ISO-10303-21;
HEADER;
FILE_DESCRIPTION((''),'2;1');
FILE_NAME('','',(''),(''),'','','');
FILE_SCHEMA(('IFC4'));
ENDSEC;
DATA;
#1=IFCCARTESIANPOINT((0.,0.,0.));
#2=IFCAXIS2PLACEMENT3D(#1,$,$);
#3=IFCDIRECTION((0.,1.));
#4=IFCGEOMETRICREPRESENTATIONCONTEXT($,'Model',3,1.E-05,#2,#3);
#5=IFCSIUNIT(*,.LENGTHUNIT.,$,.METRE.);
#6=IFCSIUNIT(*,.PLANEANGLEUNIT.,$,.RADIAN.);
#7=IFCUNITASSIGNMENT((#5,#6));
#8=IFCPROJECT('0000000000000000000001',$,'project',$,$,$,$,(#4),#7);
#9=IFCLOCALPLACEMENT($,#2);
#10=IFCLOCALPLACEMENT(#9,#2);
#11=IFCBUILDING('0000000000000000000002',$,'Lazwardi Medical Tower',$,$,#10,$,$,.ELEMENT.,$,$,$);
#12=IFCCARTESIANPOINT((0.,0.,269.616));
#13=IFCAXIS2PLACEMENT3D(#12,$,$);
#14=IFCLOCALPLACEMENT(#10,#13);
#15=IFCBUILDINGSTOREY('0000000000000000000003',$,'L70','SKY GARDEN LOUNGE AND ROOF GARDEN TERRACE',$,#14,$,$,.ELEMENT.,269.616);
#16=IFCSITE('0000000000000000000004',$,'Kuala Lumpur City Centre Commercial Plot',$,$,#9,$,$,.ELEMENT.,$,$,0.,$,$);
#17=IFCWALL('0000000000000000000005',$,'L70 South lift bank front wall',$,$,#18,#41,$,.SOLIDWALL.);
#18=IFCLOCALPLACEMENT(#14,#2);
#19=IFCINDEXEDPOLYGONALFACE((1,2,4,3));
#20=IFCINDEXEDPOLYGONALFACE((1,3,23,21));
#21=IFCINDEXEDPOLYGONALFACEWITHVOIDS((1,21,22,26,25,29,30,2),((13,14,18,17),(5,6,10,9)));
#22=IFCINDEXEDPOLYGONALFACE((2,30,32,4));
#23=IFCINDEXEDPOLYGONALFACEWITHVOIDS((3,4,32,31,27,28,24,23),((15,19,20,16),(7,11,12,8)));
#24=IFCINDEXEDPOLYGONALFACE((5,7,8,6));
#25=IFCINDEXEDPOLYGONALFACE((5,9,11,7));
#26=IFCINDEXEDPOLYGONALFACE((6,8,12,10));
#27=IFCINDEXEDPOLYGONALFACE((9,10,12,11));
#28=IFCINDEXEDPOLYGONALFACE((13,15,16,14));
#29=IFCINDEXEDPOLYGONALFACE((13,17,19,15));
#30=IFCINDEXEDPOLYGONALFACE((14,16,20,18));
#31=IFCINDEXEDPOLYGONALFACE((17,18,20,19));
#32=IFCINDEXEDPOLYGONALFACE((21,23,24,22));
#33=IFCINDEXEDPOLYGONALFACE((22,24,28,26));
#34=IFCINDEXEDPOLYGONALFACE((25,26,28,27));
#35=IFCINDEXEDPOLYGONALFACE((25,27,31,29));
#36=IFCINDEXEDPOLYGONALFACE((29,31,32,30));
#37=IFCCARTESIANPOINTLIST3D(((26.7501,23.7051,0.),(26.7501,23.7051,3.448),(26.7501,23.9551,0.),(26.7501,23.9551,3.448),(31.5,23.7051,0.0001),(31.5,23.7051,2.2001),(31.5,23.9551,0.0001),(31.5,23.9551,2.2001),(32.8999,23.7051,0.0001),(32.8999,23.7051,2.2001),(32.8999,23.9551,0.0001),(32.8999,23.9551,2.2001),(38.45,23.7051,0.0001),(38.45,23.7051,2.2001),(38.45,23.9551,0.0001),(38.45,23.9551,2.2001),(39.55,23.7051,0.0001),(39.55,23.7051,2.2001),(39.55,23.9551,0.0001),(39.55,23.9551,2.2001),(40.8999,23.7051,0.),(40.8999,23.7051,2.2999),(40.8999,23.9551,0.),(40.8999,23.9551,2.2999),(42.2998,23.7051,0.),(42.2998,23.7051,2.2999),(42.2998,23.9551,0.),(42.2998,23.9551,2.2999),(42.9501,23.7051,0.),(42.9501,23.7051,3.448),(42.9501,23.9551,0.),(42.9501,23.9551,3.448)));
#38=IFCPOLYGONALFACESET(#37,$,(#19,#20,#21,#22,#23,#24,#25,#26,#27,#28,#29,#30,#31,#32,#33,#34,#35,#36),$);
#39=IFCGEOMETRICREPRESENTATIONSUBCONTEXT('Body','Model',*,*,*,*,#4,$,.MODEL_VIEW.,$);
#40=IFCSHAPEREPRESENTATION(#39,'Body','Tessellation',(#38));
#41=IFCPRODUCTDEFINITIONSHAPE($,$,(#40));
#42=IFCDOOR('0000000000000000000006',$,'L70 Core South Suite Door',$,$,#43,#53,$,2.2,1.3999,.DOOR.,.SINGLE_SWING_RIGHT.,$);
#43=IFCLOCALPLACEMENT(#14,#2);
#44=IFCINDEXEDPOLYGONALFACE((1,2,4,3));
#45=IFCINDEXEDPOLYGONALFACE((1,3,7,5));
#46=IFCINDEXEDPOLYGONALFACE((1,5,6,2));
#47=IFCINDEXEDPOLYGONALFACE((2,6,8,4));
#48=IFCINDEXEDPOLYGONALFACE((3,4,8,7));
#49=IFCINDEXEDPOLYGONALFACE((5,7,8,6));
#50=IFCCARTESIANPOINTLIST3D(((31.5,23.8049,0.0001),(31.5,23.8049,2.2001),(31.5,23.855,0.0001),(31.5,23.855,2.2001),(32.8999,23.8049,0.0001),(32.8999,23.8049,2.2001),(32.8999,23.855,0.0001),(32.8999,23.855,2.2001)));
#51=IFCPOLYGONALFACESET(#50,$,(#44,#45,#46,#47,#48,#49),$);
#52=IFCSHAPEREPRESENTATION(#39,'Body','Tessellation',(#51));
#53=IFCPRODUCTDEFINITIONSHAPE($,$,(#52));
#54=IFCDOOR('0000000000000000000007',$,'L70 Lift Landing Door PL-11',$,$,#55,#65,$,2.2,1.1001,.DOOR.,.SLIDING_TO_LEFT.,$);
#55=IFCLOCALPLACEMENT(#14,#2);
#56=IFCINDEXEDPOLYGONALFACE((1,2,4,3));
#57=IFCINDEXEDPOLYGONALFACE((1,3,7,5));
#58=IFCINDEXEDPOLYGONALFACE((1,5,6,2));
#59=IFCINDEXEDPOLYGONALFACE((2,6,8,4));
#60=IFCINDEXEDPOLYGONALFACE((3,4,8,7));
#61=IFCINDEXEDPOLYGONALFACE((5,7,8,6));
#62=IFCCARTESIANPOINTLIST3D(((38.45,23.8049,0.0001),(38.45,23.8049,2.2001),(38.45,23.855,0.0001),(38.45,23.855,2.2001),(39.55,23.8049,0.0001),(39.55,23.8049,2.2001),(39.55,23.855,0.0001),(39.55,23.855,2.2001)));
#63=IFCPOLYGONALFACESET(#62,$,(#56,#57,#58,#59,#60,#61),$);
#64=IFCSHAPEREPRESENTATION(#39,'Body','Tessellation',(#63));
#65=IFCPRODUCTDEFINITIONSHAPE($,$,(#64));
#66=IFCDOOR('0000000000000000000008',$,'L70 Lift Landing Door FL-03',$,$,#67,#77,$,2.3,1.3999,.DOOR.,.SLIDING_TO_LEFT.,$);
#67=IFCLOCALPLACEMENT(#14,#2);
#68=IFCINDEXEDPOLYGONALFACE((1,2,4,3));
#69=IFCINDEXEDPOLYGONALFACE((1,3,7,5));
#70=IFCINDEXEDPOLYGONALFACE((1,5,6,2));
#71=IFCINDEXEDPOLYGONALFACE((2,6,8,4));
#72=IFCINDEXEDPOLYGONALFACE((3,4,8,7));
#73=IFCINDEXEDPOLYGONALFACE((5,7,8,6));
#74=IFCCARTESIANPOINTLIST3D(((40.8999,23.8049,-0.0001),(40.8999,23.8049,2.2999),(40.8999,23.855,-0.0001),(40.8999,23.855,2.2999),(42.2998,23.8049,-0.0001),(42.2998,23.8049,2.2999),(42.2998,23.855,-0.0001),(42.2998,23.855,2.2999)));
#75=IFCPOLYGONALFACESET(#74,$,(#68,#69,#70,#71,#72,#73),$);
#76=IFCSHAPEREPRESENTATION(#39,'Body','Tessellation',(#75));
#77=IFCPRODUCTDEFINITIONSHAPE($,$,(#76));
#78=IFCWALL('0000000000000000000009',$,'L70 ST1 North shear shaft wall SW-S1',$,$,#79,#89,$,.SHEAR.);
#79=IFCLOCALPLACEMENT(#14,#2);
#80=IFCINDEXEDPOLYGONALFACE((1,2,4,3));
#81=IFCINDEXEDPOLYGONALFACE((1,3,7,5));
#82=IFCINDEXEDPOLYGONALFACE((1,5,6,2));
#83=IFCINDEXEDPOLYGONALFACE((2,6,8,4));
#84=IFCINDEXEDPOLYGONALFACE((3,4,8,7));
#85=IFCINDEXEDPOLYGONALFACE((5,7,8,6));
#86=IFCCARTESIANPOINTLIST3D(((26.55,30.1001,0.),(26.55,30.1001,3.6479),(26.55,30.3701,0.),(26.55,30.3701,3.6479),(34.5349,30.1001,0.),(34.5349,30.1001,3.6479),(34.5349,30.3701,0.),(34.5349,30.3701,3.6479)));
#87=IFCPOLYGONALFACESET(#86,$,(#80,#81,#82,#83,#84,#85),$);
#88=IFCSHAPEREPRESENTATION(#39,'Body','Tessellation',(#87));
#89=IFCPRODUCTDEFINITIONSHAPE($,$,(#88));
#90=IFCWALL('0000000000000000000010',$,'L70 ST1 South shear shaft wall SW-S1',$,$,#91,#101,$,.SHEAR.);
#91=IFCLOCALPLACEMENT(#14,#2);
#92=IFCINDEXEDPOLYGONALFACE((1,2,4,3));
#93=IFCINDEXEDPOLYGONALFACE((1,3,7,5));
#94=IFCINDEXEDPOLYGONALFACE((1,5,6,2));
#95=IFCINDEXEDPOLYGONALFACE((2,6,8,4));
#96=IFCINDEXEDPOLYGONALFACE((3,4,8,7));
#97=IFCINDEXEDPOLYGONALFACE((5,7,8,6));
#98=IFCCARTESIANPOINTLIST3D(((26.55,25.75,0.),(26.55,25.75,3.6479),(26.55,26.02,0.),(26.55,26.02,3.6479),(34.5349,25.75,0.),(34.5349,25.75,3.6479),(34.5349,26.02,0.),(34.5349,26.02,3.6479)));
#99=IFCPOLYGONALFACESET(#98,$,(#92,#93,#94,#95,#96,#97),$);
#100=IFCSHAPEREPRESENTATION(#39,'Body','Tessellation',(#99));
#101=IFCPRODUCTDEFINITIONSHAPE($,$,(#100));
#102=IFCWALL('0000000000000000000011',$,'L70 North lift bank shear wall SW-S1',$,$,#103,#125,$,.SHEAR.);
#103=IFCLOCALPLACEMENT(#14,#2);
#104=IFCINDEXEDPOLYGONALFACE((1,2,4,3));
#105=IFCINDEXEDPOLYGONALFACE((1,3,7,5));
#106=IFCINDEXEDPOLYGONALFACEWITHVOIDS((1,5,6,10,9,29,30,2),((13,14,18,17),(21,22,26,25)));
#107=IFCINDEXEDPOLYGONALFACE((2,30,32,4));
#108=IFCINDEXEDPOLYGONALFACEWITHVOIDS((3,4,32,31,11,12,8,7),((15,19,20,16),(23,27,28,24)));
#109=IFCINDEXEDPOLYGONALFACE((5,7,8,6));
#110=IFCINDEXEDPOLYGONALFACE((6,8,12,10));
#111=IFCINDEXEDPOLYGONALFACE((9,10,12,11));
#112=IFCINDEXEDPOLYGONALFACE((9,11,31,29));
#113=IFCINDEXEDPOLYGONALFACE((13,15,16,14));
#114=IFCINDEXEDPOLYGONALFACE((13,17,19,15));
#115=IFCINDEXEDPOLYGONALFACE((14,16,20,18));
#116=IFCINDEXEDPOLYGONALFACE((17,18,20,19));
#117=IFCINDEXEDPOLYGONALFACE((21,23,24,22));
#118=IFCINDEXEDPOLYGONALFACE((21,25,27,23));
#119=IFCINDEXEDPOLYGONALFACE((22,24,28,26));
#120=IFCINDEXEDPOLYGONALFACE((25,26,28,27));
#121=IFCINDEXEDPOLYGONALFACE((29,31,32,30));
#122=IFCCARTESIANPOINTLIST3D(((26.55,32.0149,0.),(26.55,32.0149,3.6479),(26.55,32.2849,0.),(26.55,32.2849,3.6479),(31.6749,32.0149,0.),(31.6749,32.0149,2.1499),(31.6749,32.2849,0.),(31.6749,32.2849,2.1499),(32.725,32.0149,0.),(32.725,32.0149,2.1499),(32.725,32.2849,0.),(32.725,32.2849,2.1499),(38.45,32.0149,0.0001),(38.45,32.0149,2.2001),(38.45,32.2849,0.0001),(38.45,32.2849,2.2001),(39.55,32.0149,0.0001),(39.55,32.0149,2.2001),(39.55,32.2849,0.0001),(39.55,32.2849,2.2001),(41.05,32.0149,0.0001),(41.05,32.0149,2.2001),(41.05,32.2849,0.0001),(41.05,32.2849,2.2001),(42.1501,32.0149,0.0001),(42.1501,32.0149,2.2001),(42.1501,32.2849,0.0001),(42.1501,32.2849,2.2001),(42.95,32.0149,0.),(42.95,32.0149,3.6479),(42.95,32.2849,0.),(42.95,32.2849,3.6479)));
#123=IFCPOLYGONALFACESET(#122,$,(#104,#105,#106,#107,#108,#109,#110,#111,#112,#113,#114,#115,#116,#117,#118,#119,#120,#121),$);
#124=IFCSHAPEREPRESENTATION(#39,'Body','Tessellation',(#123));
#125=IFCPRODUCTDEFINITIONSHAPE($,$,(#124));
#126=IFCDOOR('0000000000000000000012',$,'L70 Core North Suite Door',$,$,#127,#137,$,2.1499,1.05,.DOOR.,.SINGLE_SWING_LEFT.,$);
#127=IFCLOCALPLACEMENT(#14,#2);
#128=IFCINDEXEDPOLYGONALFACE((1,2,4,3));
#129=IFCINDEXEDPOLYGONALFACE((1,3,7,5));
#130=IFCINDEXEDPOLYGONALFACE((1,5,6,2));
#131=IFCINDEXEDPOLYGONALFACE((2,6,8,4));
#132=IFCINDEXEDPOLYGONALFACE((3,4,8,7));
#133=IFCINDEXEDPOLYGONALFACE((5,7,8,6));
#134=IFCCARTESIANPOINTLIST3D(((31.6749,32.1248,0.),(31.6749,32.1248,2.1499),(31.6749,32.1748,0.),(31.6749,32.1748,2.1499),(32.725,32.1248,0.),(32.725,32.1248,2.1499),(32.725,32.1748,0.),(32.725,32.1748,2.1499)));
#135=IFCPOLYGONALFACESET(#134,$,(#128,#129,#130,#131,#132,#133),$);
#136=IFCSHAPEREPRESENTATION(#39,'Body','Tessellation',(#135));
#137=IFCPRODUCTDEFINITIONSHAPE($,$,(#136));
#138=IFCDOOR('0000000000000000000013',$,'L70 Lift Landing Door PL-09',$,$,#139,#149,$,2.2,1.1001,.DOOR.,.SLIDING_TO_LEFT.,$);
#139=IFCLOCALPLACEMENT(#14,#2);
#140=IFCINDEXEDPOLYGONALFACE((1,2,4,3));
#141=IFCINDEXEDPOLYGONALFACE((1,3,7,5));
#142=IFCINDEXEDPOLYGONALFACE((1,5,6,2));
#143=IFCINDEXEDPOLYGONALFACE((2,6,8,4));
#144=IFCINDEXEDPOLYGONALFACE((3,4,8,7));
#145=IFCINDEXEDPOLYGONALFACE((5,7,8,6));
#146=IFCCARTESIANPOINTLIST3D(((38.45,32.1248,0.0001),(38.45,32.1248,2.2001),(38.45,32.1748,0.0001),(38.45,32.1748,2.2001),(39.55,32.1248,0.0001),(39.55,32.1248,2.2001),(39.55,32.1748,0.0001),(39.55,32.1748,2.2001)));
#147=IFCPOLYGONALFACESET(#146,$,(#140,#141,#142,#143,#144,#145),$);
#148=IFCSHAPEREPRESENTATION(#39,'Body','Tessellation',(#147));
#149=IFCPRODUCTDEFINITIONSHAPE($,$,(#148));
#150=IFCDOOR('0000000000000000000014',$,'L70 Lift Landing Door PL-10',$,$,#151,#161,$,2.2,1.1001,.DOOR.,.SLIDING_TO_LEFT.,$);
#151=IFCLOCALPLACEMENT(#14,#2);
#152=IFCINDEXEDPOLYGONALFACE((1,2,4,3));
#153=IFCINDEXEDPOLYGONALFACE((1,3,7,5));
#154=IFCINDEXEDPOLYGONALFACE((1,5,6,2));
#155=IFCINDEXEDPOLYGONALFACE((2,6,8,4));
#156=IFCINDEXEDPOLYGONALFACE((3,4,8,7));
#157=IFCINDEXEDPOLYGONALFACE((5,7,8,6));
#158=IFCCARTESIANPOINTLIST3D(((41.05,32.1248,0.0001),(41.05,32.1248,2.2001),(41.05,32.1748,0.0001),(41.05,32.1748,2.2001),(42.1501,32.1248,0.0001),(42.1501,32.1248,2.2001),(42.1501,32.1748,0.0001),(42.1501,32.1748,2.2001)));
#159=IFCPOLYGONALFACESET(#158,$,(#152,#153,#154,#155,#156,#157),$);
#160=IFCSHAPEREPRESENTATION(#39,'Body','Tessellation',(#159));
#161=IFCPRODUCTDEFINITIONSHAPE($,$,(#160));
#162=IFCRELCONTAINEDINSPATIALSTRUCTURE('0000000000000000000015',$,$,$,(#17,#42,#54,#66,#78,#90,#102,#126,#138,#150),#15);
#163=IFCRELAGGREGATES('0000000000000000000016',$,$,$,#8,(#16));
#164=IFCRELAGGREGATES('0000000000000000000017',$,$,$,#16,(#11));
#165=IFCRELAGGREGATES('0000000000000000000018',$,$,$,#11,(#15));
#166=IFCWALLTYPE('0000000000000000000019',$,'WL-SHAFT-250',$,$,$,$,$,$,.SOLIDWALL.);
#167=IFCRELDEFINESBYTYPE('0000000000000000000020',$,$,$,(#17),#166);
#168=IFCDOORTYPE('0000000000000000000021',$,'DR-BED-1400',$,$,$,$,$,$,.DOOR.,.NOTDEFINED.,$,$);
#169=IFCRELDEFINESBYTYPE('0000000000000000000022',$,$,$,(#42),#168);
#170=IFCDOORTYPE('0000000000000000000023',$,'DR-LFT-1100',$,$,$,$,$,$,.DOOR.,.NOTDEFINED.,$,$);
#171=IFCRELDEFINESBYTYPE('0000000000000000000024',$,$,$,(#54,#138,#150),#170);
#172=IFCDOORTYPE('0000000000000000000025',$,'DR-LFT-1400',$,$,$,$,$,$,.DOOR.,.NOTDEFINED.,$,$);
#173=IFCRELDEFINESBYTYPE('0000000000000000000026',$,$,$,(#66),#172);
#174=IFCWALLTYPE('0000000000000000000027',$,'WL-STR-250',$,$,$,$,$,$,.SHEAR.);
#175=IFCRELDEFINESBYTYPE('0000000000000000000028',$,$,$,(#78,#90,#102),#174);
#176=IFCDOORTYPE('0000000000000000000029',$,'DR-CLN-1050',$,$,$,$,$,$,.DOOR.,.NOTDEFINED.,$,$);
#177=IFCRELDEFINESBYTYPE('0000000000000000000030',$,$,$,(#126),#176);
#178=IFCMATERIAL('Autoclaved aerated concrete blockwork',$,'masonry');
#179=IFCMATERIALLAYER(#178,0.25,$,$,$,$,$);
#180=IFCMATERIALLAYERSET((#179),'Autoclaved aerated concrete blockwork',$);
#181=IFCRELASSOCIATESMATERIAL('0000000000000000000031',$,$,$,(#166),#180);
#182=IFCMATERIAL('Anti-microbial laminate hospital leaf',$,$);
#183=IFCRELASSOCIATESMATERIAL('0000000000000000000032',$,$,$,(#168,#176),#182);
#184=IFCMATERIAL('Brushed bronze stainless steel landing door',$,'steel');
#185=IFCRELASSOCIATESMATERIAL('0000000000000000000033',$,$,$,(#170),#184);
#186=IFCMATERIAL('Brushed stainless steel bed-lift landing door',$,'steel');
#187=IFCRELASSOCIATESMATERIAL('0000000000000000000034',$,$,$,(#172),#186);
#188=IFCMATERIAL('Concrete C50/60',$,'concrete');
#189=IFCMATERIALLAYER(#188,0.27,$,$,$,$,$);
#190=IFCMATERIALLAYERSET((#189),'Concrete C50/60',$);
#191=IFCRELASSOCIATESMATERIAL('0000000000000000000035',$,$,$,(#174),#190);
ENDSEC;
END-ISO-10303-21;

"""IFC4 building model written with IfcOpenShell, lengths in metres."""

from ifc_helpers import new_model, si_unit, direction, frame, frame_2d, origin, place, context, subcontext, project, spatial, rectangle, extrude, material, layer, layer_set, type_object, element, fill, save


model = new_model("IFC4")

# Units and contexts
model_context = context("Model", 3, precision=1e-05, world=origin(), true_north=direction((0.0, 1.0)))
body_context = subcontext(model_context, "Body", "Model", "MODEL_VIEW")
ifc_project = project(units=[si_unit("LENGTHUNIT", "METRE"), si_unit("PLANEANGLEUNIT", "RADIAN")], contexts=[model_context])

# Site, building, storey
site_placement = place(None, origin())
site = spatial("IfcSite", under=ifc_project, at=site_placement, Name="Kuala Lumpur City Centre Commercial Plot", CompositionType="ELEMENT", RefElevation=0.0)
building_placement = place(site_placement, origin())
building = spatial("IfcBuilding", under=site, at=building_placement, Name="Lazwardi Medical Tower", CompositionType="ELEMENT")
storey_placement = place(building_placement, frame((0.0, 0.0, 269.616)))
storey = spatial("IfcBuildingStorey", under=building, at=storey_placement, Name="L70", Description="SKY GARDEN LOUNGE AND ROOF GARDEN TERRACE", CompositionType="ELEMENT", Elevation=269.616)

# Wall, openings, doors
ifc_material_1 = material(Name="Autoclaved aerated concrete blockwork", Category="masonry")
ifc_layer_1 = layer(ifc_material_1, 0.25)
ifc_layer_set_1 = layer_set([ifc_layer_1], Name="Autoclaved aerated concrete blockwork")
wall_type_1 = type_object("IfcWallType", Name="WL-SHAFT-250", PredefinedType="SOLIDWALL", material=ifc_layer_set_1)
wall_1_placement = place(storey_placement, frame((26.75, 23.8301, 0.0), z_axis=(0.0, 0.0, 1.0), x_axis=(1.0, 0.0, 0.0)))
wall_1 = element("IfcWall", 1, at=wall_1_placement, inside=storey, type_object=wall_type_1, Name="L70 South lift bank front wall", PredefinedType="SOLIDWALL", context=body_context, shape_type="SweptSolid", body=[
    extrude(rectangle(XDim=16.2, YDim=0.25, at=frame_2d((8.1001, 0.0))), origin(), (0.0, 0.0, 1.0), 3.448),
])
opening_1_placement = place(wall_1_placement, frame((4.75, 0.0, 0.0)))
opening_1 = element("IfcOpeningElement", 2, at=opening_1_placement, cuts=wall_1, PredefinedType="OPENING", context=body_context, shape_type="SweptSolid", body=[
    extrude(rectangle(XDim=1.3999, YDim=2.2, at=frame_2d((0.7, 1.1001))), frame((0.0, 0.135, 0.0), z_axis=(0.0, -1.0, 0.0), x_axis=(1.0, 0.0, 0.0)), (0.0, 0.0, 1.0), 0.27),
])
opening_2_placement = place(wall_1_placement, frame((11.7, 0.0, 0.0)))
opening_2 = element("IfcOpeningElement", 3, at=opening_2_placement, cuts=wall_1, PredefinedType="OPENING", context=body_context, shape_type="SweptSolid", body=[
    extrude(rectangle(XDim=1.1001, YDim=2.2, at=frame_2d((0.55, 1.1001))), frame((0.0, 0.135, 0.0), z_axis=(0.0, -1.0, 0.0), x_axis=(1.0, 0.0, 0.0)), (0.0, 0.0, 1.0), 0.27),
])
opening_3_placement = place(wall_1_placement, frame((14.1499, 0.0, 0.0)))
opening_3 = element("IfcOpeningElement", 4, at=opening_3_placement, cuts=wall_1, PredefinedType="OPENING", context=body_context, shape_type="SweptSolid", body=[
    extrude(rectangle(XDim=1.3999, YDim=2.3, at=frame_2d((0.7, 1.1499))), frame((0.0, 0.135, 0.0), z_axis=(0.0, -1.0, 0.0), x_axis=(1.0, 0.0, 0.0)), (0.0, 0.0, 1.0), 0.27),
])
ifc_material_2 = material(Name="Anti-microbial laminate hospital leaf")
door_type_1 = type_object("IfcDoorType", Name="DR-BED-1400", OperationType="NOTDEFINED", PredefinedType="DOOR", material=ifc_material_2)
door_1_placement = place(opening_1_placement, origin())
door_1 = element("IfcDoor", 5, at=door_1_placement, inside=storey, type_object=door_type_1, Name="L70 Core South Suite Door", OperationType="SINGLE_SWING_RIGHT", OverallHeight=2.2, OverallWidth=1.3999, PredefinedType="DOOR", context=body_context, shape_type="SweptSolid", body=[
    extrude(rectangle(XDim=1.3999, YDim=2.2, at=frame_2d((0.7, 1.1001))), frame((0.0, 0.0249, 0.0), z_axis=(0.0, -1.0, 0.0), x_axis=(1.0, 0.0, 0.0)), (0.0, 0.0, 1.0), 0.05),
])
fill(opening_1, door_1)
ifc_material_3 = material(Name="Brushed bronze stainless steel landing door", Category="steel")
door_type_2 = type_object("IfcDoorType", Name="DR-LFT-1100", OperationType="NOTDEFINED", PredefinedType="DOOR", material=ifc_material_3)
door_2_placement = place(opening_2_placement, origin())
door_2 = element("IfcDoor", 6, at=door_2_placement, inside=storey, type_object=door_type_2, Name="L70 Lift Landing Door PL-11", OperationType="SLIDING_TO_LEFT", OverallHeight=2.2, OverallWidth=1.1001, PredefinedType="DOOR", context=body_context, shape_type="SweptSolid", body=[
    extrude(rectangle(XDim=1.1001, YDim=2.2, at=frame_2d((0.55, 1.1001))), frame((0.0, 0.0249, 0.0), z_axis=(0.0, -1.0, 0.0), x_axis=(1.0, 0.0, 0.0)), (0.0, 0.0, 1.0), 0.05),
])
fill(opening_2, door_2)
ifc_material_4 = material(Name="Brushed stainless steel bed-lift landing door", Category="steel")
door_type_3 = type_object("IfcDoorType", Name="DR-LFT-1400", OperationType="NOTDEFINED", PredefinedType="DOOR", material=ifc_material_4)
door_3_placement = place(opening_3_placement, origin())
door_3 = element("IfcDoor", 7, at=door_3_placement, inside=storey, type_object=door_type_3, Name="L70 Lift Landing Door FL-03", OperationType="SLIDING_TO_LEFT", OverallHeight=2.3, OverallWidth=1.3999, PredefinedType="DOOR", context=body_context, shape_type="SweptSolid", body=[
    extrude(rectangle(XDim=1.3999, YDim=2.3, at=frame_2d((0.7, 1.1499))), frame((0.0, 0.0249, 0.0), z_axis=(0.0, -1.0, 0.0), x_axis=(1.0, 0.0, 0.0)), (0.0, 0.0, 1.0), 0.05),
])
fill(opening_3, door_3)

# Walls
ifc_material_5 = material(Name="Concrete C50/60", Category="concrete")
ifc_layer_2 = layer(ifc_material_5, 0.27)
ifc_layer_set_2 = layer_set([ifc_layer_2], Name="Concrete C50/60")
wall_type_2 = type_object("IfcWallType", Name="WL-STR-250", PredefinedType="SHEAR", material=ifc_layer_set_2)
for number, where, z_axis, x_axis, name in (
    (8, (26.55, 30.2351, 0.0), (0.0, 0.0, 1.0), (1.0, 0.0, 0.0), "L70 ST1 North shear shaft wall SW-S1"),
    (9, (26.55, 25.885, 0.0), (0.0, 0.0, 1.0), (1.0, 0.0, 0.0), "L70 ST1 South shear shaft wall SW-S1"),
):
    element("IfcWall", number, at=place(storey_placement, frame(where, z_axis=z_axis, x_axis=x_axis)), inside=storey, type_object=wall_type_2, Name=name, PredefinedType="SHEAR", context=body_context, shape_type="SweptSolid", body=[
        extrude(rectangle(XDim=7.9849, YDim=0.27, at=frame_2d((3.9924, 0.0))), origin(), (0.0, 0.0, 1.0), 3.6479),
    ])

# Wall, openings, doors
wall_2_placement = place(storey_placement, frame((26.55, 32.1499, 0.0), z_axis=(0.0, 0.0, 1.0), x_axis=(1.0, 0.0, 0.0)))
wall_2 = element("IfcWall", 10, at=wall_2_placement, inside=storey, type_object=wall_type_2, Name="L70 North lift bank shear wall SW-S1", PredefinedType="SHEAR", context=body_context, shape_type="SweptSolid", body=[
    extrude(rectangle(XDim=16.3999, YDim=0.27, at=frame_2d((8.2, 0.0))), origin(), (0.0, 0.0, 1.0), 3.6479),
])
opening_4_placement = place(wall_2_placement, frame((5.125, 0.0, 0.0)))
opening_4 = element("IfcOpeningElement", 11, at=opening_4_placement, cuts=wall_2, PredefinedType="OPENING", context=body_context, shape_type="SweptSolid", body=[
    extrude(rectangle(XDim=1.05, YDim=2.1499, at=frame_2d((0.5249, 1.075))), frame((0.0, 0.145, 0.0), z_axis=(0.0, -1.0, 0.0), x_axis=(1.0, 0.0, 0.0)), (0.0, 0.0, 1.0), 0.29),
])
opening_5_placement = place(wall_2_placement, frame((11.8999, 0.0, 0.0)))
opening_5 = element("IfcOpeningElement", 12, at=opening_5_placement, cuts=wall_2, PredefinedType="OPENING", context=body_context, shape_type="SweptSolid", body=[
    extrude(rectangle(XDim=1.1001, YDim=2.2, at=frame_2d((0.55, 1.1001))), frame((0.0, 0.145, 0.0), z_axis=(0.0, -1.0, 0.0), x_axis=(1.0, 0.0, 0.0)), (0.0, 0.0, 1.0), 0.29),
])
opening_6_placement = place(wall_2_placement, frame((14.5, 0.0, 0.0)))
opening_6 = element("IfcOpeningElement", 13, at=opening_6_placement, cuts=wall_2, PredefinedType="OPENING", context=body_context, shape_type="SweptSolid", body=[
    extrude(rectangle(XDim=1.1001, YDim=2.2, at=frame_2d((0.55, 1.1001))), frame((0.0, 0.145, 0.0), z_axis=(0.0, -1.0, 0.0), x_axis=(1.0, 0.0, 0.0)), (0.0, 0.0, 1.0), 0.29),
])
door_type_4 = type_object("IfcDoorType", Name="DR-CLN-1050", OperationType="NOTDEFINED", PredefinedType="DOOR", material=ifc_material_2)
door_4_placement = place(opening_4_placement, origin())
door_4 = element("IfcDoor", 14, at=door_4_placement, inside=storey, type_object=door_type_4, Name="L70 Core North Suite Door", OperationType="SINGLE_SWING_LEFT", OverallHeight=2.1499, OverallWidth=1.05, PredefinedType="DOOR", context=body_context, shape_type="SweptSolid", body=[
    extrude(rectangle(XDim=1.05, YDim=2.1499, at=frame_2d((0.5249, 1.075))), frame((0.0, 0.0249, 0.0), z_axis=(0.0, -1.0, 0.0), x_axis=(1.0, 0.0, 0.0)), (0.0, 0.0, 1.0), 0.05),
])
fill(opening_4, door_4)
door_5_placement = place(opening_5_placement, origin())
door_5 = element("IfcDoor", 15, at=door_5_placement, inside=storey, type_object=door_type_2, Name="L70 Lift Landing Door PL-09", OperationType="SLIDING_TO_LEFT", OverallHeight=2.2, OverallWidth=1.1001, PredefinedType="DOOR", context=body_context, shape_type="SweptSolid", body=[
    extrude(rectangle(XDim=1.1001, YDim=2.2, at=frame_2d((0.55, 1.1001))), frame((0.0, 0.0249, 0.0), z_axis=(0.0, -1.0, 0.0), x_axis=(1.0, 0.0, 0.0)), (0.0, 0.0, 1.0), 0.05),
])
fill(opening_5, door_5)
door_6_placement = place(opening_6_placement, origin())
door_6 = element("IfcDoor", 16, at=door_6_placement, inside=storey, type_object=door_type_2, Name="L70 Lift Landing Door PL-10", OperationType="SLIDING_TO_LEFT", OverallHeight=2.2, OverallWidth=1.1001, PredefinedType="DOOR", context=body_context, shape_type="SweptSolid", body=[
    extrude(rectangle(XDim=1.1001, YDim=2.2, at=frame_2d((0.55, 1.1001))), frame((0.0, 0.0249, 0.0), z_axis=(0.0, -1.0, 0.0), x_axis=(1.0, 0.0, 0.0)), (0.0, 0.0, 1.0), 0.05),
])
fill(opening_6, door_6)

save(model, "model.ifc")
